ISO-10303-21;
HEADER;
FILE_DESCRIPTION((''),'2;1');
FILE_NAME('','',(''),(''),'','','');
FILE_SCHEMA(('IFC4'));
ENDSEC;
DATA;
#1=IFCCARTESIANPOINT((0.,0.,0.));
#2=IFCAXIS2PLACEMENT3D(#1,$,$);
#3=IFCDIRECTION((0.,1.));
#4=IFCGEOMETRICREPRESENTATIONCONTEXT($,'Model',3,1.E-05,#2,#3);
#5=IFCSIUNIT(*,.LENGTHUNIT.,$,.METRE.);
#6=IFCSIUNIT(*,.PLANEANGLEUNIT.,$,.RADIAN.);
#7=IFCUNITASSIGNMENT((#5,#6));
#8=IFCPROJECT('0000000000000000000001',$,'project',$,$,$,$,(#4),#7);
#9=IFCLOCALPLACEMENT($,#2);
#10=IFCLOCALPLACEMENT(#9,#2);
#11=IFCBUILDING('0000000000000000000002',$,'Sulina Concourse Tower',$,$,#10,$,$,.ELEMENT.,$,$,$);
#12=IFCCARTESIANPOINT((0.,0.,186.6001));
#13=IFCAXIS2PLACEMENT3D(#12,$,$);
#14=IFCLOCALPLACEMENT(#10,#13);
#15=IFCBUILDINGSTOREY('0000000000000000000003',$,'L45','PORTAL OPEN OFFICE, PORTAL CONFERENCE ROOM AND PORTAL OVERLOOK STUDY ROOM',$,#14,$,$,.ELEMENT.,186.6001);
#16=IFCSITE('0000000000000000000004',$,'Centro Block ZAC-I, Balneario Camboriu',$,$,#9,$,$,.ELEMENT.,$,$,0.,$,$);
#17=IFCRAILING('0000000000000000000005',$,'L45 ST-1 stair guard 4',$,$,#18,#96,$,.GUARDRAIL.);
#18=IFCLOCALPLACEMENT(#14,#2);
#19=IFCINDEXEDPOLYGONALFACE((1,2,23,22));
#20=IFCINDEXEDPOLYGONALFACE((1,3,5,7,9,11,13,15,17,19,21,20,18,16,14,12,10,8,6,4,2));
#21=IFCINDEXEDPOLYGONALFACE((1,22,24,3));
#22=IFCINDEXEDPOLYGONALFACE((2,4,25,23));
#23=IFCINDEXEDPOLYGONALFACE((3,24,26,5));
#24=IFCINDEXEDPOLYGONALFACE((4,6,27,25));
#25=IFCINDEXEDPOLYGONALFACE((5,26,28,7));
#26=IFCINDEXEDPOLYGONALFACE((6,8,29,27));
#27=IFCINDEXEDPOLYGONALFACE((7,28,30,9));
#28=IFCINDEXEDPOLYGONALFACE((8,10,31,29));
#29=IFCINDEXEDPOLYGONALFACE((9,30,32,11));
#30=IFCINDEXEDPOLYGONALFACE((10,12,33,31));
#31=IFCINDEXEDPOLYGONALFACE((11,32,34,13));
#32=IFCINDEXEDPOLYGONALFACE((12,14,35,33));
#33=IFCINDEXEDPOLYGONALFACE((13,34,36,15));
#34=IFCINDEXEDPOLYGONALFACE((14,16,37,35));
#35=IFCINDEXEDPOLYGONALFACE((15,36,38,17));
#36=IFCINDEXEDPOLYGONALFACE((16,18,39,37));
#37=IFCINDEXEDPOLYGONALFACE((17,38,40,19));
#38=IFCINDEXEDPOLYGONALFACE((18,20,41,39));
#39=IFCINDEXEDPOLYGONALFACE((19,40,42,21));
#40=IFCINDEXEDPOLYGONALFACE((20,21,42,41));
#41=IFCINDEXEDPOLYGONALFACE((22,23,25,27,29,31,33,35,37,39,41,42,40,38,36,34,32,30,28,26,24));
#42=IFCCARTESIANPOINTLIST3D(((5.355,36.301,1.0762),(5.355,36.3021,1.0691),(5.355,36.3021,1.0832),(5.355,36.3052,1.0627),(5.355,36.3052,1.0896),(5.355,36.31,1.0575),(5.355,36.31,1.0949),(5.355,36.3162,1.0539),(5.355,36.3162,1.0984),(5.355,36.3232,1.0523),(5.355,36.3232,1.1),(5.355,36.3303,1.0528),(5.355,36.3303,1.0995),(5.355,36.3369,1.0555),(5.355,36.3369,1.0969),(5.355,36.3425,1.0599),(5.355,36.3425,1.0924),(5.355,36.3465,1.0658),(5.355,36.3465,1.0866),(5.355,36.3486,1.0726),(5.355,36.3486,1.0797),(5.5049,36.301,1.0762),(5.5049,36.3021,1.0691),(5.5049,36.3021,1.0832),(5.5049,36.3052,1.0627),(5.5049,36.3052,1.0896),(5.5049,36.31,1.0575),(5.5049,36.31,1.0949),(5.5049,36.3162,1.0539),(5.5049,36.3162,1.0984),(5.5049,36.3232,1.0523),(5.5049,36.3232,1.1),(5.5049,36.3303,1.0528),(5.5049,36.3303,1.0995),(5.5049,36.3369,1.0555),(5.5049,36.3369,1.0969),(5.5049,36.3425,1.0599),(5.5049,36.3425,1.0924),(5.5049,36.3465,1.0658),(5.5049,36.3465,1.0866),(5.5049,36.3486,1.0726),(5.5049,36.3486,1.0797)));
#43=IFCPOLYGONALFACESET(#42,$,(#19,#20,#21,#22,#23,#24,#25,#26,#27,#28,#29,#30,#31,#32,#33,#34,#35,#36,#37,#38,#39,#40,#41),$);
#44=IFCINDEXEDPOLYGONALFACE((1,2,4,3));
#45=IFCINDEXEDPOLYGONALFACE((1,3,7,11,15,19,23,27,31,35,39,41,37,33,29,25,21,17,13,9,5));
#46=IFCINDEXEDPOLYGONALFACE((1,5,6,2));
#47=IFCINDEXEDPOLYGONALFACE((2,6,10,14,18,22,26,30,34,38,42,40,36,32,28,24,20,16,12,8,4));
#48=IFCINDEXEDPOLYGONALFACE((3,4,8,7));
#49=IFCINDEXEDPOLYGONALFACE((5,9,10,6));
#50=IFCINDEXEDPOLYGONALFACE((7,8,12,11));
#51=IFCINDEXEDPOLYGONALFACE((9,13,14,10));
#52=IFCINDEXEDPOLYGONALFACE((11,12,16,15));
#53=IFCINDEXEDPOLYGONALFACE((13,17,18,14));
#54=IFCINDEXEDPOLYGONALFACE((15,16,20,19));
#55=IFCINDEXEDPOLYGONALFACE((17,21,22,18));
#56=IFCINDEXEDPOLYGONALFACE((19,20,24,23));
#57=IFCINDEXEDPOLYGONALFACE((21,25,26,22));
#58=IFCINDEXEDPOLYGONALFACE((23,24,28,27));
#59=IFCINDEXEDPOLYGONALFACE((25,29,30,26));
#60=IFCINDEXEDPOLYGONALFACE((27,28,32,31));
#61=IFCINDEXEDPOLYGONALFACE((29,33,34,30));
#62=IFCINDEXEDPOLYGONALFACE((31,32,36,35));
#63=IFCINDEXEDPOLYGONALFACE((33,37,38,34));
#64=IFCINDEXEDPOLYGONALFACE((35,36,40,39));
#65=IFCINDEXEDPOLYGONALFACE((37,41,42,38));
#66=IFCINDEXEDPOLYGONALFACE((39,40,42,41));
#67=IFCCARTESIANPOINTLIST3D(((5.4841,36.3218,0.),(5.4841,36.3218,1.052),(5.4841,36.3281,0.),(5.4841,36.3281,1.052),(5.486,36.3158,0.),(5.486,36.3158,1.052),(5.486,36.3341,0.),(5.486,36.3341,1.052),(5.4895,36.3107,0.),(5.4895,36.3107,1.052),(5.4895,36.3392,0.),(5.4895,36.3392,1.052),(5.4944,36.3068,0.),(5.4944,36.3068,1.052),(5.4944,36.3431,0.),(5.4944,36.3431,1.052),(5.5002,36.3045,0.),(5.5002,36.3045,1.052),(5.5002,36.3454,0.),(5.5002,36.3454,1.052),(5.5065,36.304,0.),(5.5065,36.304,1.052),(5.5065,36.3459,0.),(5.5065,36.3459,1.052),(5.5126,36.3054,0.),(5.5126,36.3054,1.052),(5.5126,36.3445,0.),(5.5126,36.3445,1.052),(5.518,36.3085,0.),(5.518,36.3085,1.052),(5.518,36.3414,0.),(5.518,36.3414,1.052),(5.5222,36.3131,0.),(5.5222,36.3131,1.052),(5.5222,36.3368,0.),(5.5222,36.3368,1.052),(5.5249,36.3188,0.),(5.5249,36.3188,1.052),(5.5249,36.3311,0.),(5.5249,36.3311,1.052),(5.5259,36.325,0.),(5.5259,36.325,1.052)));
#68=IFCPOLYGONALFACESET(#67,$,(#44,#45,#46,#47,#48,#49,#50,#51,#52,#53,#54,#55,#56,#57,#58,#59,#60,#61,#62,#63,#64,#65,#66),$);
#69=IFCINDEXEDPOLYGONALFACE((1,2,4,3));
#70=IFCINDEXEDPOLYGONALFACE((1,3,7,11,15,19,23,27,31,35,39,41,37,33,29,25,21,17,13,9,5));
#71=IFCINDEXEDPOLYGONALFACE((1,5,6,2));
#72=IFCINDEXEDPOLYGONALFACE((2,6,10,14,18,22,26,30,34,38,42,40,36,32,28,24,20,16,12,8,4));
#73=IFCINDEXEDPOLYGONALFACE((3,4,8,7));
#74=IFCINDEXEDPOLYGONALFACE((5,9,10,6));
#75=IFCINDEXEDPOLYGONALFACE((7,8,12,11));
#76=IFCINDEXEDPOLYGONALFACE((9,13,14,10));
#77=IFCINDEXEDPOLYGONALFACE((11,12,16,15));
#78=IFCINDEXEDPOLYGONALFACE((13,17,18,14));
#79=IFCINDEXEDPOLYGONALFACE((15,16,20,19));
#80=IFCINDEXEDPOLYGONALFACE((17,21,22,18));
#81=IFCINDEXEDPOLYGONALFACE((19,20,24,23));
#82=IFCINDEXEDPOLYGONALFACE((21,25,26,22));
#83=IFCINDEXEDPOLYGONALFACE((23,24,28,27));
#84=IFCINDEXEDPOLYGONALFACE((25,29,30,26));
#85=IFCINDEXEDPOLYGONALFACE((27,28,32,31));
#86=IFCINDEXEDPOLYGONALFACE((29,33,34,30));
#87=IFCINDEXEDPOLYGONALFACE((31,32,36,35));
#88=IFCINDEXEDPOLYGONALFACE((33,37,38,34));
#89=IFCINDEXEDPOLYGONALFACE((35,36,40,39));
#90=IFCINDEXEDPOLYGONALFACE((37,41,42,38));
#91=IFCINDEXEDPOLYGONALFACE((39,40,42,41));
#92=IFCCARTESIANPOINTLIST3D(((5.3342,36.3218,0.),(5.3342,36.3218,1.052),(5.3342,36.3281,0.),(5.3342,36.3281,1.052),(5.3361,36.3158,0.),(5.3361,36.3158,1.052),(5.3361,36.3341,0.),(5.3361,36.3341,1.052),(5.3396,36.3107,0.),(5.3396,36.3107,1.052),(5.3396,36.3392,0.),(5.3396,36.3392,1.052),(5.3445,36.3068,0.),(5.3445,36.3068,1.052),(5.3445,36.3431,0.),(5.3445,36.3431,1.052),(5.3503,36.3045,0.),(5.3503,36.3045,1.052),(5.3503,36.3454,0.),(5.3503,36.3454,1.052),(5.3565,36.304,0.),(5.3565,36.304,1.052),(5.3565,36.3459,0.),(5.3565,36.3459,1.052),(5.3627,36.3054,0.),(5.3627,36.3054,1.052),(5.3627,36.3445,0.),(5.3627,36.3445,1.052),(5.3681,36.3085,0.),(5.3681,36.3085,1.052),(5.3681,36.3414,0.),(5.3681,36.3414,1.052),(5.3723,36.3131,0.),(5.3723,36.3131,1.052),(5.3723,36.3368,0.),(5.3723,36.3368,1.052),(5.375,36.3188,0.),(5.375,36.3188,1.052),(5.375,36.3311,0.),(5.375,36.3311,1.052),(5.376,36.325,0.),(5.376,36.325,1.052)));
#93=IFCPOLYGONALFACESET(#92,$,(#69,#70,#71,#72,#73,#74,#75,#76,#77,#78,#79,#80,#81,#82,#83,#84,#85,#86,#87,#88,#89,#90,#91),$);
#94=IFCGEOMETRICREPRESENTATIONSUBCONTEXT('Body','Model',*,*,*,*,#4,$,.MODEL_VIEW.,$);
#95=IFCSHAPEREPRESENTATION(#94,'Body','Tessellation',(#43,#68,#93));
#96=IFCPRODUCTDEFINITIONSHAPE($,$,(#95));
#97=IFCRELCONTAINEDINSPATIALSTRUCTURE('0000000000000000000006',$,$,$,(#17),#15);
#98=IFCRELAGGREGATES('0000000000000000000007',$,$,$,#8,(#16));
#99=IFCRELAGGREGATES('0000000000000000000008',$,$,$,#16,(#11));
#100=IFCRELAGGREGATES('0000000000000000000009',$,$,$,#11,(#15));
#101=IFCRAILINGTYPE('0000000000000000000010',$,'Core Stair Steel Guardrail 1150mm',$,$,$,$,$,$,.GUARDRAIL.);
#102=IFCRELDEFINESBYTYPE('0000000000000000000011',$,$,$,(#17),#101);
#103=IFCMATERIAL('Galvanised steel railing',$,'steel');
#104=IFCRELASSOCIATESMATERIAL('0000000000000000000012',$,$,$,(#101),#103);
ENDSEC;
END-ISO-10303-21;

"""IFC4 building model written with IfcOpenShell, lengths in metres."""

from ifc_helpers import new_model, si_unit, direction, frame, origin, origin_2d, place, context, subcontext, project, spatial, circle, extrude, material, type_object, element, save


model = new_model("IFC4")

# Units and contexts
model_context = context("Model", 3, precision=1e-05, world=origin(), true_north=direction((0.0, 1.0)))
body_context = subcontext(model_context, "Body", "Model", "MODEL_VIEW")
ifc_project = project(units=[si_unit("LENGTHUNIT", "METRE"), si_unit("PLANEANGLEUNIT", "RADIAN")], contexts=[model_context])

# Site, building, storey
site_placement = place(None, origin())
site = spatial("IfcSite", under=ifc_project, at=site_placement, Name="Centro Block ZAC-I, Balneario Camboriu", CompositionType="ELEMENT", RefElevation=0.0)
building_placement = place(site_placement, origin())
building = spatial("IfcBuilding", under=site, at=building_placement, Name="Sulina Concourse Tower", CompositionType="ELEMENT")
storey_placement = place(building_placement, frame((0.0, 0.0, 186.6001)))
storey = spatial("IfcBuildingStorey", under=building, at=storey_placement, Name="L45", Description="PORTAL OPEN OFFICE, PORTAL CONFERENCE ROOM AND PORTAL OVERLOOK STUDY ROOM", CompositionType="ELEMENT", Elevation=186.6001)

# Railing
ifc_material_1 = material(Name="Galvanised steel railing", Category="steel")
railing_type_1 = type_object("IfcRailingType", Name="Core Stair Steel Guardrail 1150mm", PredefinedType="GUARDRAIL", material=ifc_material_1)
railing_1_placement = place(storey_placement, frame((5.5049, 36.325, 0.0)))
element("IfcRailing", 1, at=railing_1_placement, inside=storey, type_object=railing_type_1, Name="L45 ST-1 stair guard 4", PredefinedType="GUARDRAIL", context=body_context, shape_type="SweptSolid", body=[
    extrude(circle(Radius=0.0239, at=origin_2d()), frame((0.0, 0.0, 1.0762), z_axis=(-1.0, 0.0, 0.0), x_axis=(0.0, -1.0, 0.0)), (0.0, 0.0, 1.0), 0.1499),
    extrude(circle(Radius=0.021, at=origin_2d()), origin(), (0.0, 0.0, 1.0), 1.052),
    extrude(circle(Radius=0.021, at=origin_2d()), frame((-0.1499, 0.0, 0.0)), (0.0, 0.0, 1.0), 1.052),
])

save(model, "model.ifc")
